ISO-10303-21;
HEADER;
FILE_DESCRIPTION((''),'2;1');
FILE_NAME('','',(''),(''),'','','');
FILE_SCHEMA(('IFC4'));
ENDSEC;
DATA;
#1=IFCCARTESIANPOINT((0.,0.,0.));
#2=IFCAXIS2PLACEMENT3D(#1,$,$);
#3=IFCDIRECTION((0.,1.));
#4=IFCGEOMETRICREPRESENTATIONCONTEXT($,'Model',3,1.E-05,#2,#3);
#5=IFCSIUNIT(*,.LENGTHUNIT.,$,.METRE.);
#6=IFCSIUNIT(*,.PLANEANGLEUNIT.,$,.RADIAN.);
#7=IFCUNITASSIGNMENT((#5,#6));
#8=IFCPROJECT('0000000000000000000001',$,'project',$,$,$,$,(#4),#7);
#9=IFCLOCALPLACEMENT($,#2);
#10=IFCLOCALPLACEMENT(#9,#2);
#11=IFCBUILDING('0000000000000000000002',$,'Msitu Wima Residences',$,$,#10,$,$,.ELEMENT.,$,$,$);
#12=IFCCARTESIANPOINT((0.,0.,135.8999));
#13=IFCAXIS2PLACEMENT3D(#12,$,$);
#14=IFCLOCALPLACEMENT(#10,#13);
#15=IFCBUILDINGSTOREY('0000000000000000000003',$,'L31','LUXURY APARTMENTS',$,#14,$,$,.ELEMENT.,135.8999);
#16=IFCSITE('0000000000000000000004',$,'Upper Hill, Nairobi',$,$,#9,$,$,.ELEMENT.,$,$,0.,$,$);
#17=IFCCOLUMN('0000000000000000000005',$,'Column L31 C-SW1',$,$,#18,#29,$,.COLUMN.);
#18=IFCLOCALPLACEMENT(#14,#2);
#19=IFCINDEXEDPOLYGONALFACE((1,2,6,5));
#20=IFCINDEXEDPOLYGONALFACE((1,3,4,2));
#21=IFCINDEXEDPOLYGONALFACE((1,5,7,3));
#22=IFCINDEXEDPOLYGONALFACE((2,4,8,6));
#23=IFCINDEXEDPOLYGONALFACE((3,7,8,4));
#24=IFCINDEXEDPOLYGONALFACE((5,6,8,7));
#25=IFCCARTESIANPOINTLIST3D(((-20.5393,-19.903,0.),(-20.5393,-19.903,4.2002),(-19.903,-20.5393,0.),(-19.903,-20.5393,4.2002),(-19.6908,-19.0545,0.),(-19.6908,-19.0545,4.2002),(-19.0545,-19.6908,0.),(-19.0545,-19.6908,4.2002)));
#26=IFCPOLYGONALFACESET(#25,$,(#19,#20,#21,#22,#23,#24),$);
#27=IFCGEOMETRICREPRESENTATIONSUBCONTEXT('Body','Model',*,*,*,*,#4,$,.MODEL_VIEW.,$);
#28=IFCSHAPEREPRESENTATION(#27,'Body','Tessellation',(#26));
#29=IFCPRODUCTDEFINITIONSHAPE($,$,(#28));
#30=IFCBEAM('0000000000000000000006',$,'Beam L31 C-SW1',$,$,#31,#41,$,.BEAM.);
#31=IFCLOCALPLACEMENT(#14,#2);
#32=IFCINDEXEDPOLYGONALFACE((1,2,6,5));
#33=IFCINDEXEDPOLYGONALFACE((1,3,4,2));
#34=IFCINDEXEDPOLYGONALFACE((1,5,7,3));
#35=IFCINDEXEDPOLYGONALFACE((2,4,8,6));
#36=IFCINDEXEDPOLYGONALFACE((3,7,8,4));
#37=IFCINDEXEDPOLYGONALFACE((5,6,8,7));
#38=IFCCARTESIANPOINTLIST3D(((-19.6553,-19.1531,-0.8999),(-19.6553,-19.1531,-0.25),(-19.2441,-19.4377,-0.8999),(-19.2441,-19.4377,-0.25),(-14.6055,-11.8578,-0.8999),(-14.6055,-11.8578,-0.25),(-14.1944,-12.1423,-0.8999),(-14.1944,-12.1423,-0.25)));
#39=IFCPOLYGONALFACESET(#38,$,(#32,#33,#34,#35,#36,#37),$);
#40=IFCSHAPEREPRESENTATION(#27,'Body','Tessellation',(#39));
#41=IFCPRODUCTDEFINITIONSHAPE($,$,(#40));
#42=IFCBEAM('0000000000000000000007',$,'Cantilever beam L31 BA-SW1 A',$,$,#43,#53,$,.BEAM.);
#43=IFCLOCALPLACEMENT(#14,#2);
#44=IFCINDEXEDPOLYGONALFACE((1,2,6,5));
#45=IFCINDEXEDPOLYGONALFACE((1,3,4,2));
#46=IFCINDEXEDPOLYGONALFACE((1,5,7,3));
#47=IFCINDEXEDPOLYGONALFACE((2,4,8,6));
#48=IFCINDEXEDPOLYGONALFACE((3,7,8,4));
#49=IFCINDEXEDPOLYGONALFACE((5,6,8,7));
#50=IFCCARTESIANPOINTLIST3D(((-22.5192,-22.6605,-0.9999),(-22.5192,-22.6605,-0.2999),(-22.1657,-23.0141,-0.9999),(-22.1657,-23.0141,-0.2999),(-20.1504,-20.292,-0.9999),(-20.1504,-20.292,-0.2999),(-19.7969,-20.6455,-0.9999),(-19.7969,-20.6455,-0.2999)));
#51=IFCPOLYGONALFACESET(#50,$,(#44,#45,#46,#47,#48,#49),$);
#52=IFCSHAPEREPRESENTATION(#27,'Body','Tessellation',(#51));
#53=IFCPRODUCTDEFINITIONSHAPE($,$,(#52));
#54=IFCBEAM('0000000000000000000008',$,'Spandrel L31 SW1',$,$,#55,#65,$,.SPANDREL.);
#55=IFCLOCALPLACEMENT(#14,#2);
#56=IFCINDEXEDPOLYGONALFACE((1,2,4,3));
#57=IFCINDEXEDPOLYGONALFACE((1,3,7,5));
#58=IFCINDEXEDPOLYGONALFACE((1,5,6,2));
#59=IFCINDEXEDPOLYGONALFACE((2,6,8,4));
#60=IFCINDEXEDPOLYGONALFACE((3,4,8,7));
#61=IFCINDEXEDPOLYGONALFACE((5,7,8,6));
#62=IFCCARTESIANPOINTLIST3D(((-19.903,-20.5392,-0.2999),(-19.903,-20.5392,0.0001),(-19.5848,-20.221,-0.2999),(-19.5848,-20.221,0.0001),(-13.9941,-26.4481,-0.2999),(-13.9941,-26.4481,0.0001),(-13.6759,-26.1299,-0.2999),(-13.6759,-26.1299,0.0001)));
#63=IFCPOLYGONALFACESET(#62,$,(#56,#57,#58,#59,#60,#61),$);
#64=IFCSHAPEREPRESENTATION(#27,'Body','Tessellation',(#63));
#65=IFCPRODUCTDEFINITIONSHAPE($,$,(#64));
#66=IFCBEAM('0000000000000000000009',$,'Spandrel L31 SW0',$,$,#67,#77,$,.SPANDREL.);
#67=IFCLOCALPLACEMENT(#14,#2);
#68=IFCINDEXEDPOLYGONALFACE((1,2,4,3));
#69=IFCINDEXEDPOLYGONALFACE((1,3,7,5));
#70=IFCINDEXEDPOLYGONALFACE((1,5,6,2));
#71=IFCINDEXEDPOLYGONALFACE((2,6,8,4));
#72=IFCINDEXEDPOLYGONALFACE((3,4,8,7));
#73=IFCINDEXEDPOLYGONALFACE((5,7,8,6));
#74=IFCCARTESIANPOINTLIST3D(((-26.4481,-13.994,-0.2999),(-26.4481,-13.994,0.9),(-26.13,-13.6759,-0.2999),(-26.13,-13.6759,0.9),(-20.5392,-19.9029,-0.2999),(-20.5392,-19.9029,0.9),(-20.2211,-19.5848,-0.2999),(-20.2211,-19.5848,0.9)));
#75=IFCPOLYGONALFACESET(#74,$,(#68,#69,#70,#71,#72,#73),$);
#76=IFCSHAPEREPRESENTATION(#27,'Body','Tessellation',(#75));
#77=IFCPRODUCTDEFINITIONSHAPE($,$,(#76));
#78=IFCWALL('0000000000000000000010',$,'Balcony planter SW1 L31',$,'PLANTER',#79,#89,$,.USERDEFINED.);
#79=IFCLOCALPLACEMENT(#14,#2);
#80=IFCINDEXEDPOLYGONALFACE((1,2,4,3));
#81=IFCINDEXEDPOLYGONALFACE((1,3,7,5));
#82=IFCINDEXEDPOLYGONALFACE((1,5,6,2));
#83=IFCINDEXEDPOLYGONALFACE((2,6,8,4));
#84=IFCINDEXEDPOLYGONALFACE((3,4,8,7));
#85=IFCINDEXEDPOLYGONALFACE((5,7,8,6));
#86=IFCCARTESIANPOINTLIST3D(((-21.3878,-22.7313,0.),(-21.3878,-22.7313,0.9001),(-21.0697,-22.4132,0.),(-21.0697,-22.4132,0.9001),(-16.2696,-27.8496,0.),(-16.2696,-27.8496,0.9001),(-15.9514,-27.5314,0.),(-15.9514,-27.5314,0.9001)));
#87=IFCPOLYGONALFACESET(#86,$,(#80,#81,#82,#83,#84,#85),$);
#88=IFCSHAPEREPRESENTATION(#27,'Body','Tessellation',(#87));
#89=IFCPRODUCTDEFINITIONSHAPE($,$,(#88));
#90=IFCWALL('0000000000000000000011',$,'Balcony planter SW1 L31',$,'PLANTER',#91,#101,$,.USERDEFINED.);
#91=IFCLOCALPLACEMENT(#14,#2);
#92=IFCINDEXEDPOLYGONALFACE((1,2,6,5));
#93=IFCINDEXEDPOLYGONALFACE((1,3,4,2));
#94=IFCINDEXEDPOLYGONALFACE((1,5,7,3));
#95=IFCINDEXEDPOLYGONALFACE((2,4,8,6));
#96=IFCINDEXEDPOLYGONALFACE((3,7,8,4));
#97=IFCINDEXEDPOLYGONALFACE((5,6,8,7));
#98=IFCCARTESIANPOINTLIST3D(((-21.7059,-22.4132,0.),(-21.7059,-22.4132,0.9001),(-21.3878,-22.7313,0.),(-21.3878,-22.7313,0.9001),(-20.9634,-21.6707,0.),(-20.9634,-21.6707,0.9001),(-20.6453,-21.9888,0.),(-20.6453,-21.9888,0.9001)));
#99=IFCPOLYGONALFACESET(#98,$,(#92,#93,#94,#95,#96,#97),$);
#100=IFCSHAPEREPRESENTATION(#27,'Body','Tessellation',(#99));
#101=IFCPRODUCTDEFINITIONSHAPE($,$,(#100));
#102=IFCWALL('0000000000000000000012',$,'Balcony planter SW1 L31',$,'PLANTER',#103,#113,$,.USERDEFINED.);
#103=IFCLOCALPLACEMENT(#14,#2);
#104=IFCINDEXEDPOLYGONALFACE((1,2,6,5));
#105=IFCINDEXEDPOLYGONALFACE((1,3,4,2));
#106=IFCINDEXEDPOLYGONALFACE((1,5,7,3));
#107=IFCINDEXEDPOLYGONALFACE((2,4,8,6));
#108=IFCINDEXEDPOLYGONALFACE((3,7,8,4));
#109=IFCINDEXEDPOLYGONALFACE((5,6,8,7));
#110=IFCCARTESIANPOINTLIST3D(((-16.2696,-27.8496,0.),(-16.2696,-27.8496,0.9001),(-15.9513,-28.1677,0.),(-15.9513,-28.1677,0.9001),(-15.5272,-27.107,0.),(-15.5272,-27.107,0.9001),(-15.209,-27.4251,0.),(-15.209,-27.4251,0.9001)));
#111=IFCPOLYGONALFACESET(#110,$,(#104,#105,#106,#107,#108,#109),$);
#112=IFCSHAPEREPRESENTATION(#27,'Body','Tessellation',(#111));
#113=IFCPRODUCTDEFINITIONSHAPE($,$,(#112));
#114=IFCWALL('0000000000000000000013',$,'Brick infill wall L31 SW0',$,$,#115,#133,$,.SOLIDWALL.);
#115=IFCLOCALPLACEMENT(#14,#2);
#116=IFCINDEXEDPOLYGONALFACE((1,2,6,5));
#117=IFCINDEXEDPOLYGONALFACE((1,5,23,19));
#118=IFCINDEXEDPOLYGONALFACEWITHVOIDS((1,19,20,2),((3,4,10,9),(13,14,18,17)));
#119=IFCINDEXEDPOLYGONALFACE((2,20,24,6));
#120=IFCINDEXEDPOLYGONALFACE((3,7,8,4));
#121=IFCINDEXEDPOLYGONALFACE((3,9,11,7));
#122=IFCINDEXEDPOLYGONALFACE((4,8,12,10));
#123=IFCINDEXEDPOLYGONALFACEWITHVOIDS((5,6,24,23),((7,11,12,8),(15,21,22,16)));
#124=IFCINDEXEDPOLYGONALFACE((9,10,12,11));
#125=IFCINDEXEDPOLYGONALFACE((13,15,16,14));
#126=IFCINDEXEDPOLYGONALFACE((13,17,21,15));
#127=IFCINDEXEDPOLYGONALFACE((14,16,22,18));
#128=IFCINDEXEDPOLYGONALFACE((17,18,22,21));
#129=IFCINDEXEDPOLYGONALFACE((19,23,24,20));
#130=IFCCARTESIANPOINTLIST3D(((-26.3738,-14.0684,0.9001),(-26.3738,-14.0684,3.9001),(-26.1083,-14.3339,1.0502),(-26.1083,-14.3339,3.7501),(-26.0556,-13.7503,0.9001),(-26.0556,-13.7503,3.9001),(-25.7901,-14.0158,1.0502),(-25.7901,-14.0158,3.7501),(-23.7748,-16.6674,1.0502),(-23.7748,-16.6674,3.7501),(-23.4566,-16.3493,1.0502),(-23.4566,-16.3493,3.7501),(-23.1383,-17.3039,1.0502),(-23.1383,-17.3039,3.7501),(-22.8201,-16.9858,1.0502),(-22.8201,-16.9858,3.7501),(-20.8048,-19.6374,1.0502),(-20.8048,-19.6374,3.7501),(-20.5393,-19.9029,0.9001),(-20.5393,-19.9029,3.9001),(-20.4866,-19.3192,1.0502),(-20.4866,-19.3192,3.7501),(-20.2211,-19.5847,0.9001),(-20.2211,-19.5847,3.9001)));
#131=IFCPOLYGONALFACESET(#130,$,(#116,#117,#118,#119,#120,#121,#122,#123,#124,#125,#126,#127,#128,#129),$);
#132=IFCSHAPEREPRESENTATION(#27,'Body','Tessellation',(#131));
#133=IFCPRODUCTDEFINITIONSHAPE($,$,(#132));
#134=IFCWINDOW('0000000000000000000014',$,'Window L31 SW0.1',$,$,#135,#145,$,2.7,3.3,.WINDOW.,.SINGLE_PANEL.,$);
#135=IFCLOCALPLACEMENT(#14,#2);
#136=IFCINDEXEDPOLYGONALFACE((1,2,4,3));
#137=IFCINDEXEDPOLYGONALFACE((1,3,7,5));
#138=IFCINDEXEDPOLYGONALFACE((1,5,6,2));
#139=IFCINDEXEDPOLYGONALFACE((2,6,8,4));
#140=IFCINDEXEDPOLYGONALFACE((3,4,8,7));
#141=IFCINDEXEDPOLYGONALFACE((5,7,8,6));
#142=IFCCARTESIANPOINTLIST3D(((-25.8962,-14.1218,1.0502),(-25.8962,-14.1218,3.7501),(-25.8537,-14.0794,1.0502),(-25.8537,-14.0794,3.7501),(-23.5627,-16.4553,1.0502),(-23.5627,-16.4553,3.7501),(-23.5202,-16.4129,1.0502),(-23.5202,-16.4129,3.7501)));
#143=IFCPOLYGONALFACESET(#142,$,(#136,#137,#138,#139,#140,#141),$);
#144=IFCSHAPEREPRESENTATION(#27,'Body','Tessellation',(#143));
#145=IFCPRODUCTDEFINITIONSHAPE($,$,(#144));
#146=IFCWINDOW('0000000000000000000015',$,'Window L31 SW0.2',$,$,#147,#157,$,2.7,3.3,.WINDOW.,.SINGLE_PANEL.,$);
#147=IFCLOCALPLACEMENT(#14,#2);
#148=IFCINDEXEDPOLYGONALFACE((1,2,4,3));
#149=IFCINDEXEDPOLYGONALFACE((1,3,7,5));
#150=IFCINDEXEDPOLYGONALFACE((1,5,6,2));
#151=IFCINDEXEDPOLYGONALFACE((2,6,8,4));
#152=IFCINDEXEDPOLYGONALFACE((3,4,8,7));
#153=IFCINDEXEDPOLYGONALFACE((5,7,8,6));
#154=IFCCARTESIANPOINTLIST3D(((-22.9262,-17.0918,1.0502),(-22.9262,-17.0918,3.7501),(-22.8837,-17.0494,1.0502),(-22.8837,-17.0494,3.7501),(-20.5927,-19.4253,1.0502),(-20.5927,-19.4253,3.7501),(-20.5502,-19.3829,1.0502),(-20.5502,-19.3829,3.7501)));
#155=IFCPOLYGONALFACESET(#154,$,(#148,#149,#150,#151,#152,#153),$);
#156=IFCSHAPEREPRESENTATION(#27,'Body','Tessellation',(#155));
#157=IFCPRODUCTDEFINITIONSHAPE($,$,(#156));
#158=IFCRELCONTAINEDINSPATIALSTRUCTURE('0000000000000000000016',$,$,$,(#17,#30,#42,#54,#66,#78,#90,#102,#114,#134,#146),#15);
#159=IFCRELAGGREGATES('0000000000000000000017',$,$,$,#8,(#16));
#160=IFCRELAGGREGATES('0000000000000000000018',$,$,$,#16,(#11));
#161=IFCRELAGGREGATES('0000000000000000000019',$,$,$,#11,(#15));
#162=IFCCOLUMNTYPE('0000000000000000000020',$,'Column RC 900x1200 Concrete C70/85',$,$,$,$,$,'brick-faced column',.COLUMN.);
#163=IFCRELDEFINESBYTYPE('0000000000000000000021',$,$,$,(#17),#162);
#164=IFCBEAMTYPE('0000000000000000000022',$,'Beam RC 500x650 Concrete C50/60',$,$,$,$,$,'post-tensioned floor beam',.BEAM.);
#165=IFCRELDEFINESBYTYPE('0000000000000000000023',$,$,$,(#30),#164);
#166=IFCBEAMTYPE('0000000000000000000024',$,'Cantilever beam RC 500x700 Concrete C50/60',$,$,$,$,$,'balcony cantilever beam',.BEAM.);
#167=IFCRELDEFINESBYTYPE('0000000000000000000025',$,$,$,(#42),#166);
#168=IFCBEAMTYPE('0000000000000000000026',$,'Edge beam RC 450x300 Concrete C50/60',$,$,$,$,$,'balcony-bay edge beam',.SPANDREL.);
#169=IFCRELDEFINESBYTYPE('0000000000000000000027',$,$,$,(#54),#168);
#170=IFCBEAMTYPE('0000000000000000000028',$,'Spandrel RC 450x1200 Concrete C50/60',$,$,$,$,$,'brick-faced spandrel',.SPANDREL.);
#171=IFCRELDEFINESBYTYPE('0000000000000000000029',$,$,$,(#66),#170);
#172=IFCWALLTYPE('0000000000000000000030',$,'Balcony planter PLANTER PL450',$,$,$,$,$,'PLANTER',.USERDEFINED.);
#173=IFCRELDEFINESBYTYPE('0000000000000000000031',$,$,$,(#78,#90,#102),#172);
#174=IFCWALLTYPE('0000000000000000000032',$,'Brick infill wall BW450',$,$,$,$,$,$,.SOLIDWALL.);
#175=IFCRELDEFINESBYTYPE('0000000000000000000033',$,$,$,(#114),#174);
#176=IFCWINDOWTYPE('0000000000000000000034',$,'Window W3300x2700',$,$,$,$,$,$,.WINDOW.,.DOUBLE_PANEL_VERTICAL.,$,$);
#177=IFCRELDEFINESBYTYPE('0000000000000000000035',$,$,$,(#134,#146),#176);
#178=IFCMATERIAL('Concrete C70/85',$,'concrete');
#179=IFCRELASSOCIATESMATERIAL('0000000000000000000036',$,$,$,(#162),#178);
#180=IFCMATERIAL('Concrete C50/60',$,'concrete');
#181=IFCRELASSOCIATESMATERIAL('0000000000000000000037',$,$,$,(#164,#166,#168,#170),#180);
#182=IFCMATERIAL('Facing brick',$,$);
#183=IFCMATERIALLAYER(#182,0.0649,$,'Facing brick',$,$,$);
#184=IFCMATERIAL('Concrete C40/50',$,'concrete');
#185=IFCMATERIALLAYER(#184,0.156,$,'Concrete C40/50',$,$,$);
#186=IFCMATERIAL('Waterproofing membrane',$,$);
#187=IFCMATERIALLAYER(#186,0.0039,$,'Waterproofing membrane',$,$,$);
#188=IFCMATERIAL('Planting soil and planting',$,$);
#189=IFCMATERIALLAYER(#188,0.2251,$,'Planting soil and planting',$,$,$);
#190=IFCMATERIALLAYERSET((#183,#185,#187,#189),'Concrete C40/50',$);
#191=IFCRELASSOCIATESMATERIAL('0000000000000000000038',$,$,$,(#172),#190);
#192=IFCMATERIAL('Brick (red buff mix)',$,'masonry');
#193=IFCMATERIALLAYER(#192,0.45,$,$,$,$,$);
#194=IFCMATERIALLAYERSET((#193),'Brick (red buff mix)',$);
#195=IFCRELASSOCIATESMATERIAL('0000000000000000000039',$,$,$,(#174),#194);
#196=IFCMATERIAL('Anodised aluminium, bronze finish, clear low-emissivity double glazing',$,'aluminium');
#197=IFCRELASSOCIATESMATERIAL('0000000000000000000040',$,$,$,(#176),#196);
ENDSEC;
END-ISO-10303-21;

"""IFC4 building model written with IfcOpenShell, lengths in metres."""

from ifc_helpers import new_model, si_unit, direction, frame, frame_2d, origin, origin_2d, place, context, subcontext, project, spatial, rectangle, extrude, material, layer, layer_set, material_profile, profile_set, type_object, element, fill, save


model = new_model("IFC4")

# Units and contexts
model_context = context("Model", 3, precision=1e-05, world=origin(), true_north=direction((0.0, 1.0)))
body_context = subcontext(model_context, "Body", "Model", "MODEL_VIEW")
ifc_project = project(units=[si_unit("LENGTHUNIT", "METRE"), si_unit("PLANEANGLEUNIT", "RADIAN")], contexts=[model_context])

# Site, building, storey
site_placement = place(None, origin())
site = spatial("IfcSite", under=ifc_project, at=site_placement, Name="Upper Hill, Nairobi", CompositionType="ELEMENT", RefElevation=0.0)
building_placement = place(site_placement, origin())
building = spatial("IfcBuilding", under=site, at=building_placement, Name="Msitu Wima Residences", CompositionType="ELEMENT")
storey_placement = place(building_placement, frame((0.0, 0.0, 135.8999)))
storey = spatial("IfcBuildingStorey", under=building, at=storey_placement, Name="L31", Description="LUXURY APARTMENTS", CompositionType="ELEMENT", Elevation=135.8999)

# Column
ifc_material_1 = material(Name="Concrete C70/85", Category="concrete")
ifc_material_profile_1 = material_profile(ifc_material_1, rectangle(XDim=0.8999, YDim=1.2, at=origin_2d()), Name="RC 900x1200")
ifc_profile_set_1 = profile_set([ifc_material_profile_1], Name="Concrete C70/85")
column_type = type_object("IfcColumnType", Name="Column RC 900x1200 Concrete C70/85", ElementType="brick-faced column", PredefinedType="COLUMN", material=ifc_profile_set_1)
column_placement = place(storey_placement, frame((-19.7969, -19.7969, 0.0), z_axis=(0.0, 0.0, 1.0), x_axis=(0.707107, -0.707107, 0.0)))
element("IfcColumn", 1, at=column_placement, inside=storey, type_object=column_type, Name="Column L31 C-SW1", PredefinedType="COLUMN", context=body_context, shape_type="SweptSolid", body=[
    extrude(rectangle(XDim=0.8999, YDim=1.2, at=origin_2d()), origin(), (0.0, 0.0, 1.0), 4.2002),
])

# Beams
ifc_material_2 = material(Name="Concrete C50/60", Category="concrete")
ifc_material_profile_2 = material_profile(ifc_material_2, rectangle(XDim=0.5, YDim=0.6499, at=origin_2d()), Name="RC 500x650")
ifc_profile_set_2 = profile_set([ifc_material_profile_2], Name="Concrete C50/60")
beam_type_1 = type_object("IfcBeamType", Name="Beam RC 500x650 Concrete C50/60", ElementType="post-tensioned floor beam", PredefinedType="BEAM", material=ifc_profile_set_2)
beam_1_placement = place(storey_placement, frame((-19.4497, -19.2954, -0.575), z_axis=(0.569144, 0.822238, 0.0), x_axis=(-0.822238, 0.569144, 0.0)))
element("IfcBeam", 2, at=beam_1_placement, inside=storey, type_object=beam_type_1, Name="Beam L31 C-SW1", PredefinedType="BEAM", context=body_context, shape_type="SweptSolid", body=[
    extrude(rectangle(XDim=0.5, YDim=0.6499, at=origin_2d()), origin(), (0.0, 0.0, 1.0), 8.8726),
])
ifc_material_profile_3 = material_profile(ifc_material_2, rectangle(XDim=0.5, YDim=0.7, at=origin_2d()), Name="RC 500x700")
ifc_profile_set_3 = profile_set([ifc_material_profile_3], Name="Concrete C50/60")
beam_type_2 = type_object("IfcBeamType", Name="Cantilever beam RC 500x700 Concrete C50/60", ElementType="balcony cantilever beam", PredefinedType="BEAM", material=ifc_profile_set_3)
beam_2_placement = place(storey_placement, frame((-19.9736, -20.4688, -0.6499), z_axis=(-0.707143, -0.70707, 0.0), x_axis=(0.70707, -0.707143, 0.0)))
element("IfcBeam", 3, at=beam_2_placement, inside=storey, type_object=beam_type_2, Name="Cantilever beam L31 BA-SW1 A", PredefinedType="BEAM", context=body_context, shape_type="SweptSolid", body=[
    extrude(rectangle(XDim=0.5, YDim=0.7, at=origin_2d()), origin(), (0.0, 0.0, 1.0), 3.3499),
])
ifc_material_profile_4 = material_profile(ifc_material_2, rectangle(XDim=0.45, YDim=0.3, at=origin_2d()), Name="RC 450x300")
ifc_profile_set_4 = profile_set([ifc_material_profile_4], Name="Concrete C50/60")
beam_type_3 = type_object("IfcBeamType", Name="Edge beam RC 450x300 Concrete C50/60", ElementType="balcony-bay edge beam", PredefinedType="SPANDREL", material=ifc_profile_set_4)
beam_3_placement = place(storey_placement, frame((-19.7439, -20.3801, -0.1499), z_axis=(0.707107, -0.707107, 0.0), x_axis=(0.707107, 0.707107, 0.0)))
element("IfcBeam", 4, at=beam_3_placement, inside=storey, type_object=beam_type_3, Name="Spandrel L31 SW1", PredefinedType="SPANDREL", context=body_context, shape_type="SweptSolid", body=[
    extrude(rectangle(XDim=0.45, YDim=0.3, at=origin_2d()), origin(), (0.0, 0.0, 1.0), 8.3564),
])
ifc_material_profile_5 = material_profile(ifc_material_2, rectangle(XDim=0.45, YDim=1.2, at=origin_2d()), Name="RC 450x1200")
ifc_profile_set_5 = profile_set([ifc_material_profile_5], Name="Concrete C50/60")
beam_type_4 = type_object("IfcBeamType", Name="Spandrel RC 450x1200 Concrete C50/60", ElementType="brick-faced spandrel", PredefinedType="SPANDREL", material=ifc_profile_set_5)
beam_4_placement = place(storey_placement, frame((-26.2891, -13.835, 0.3), z_axis=(0.707107, -0.707107, 0.0), x_axis=(0.707107, 0.707107, 0.0)))
element("IfcBeam", 5, at=beam_4_placement, inside=storey, type_object=beam_type_4, Name="Spandrel L31 SW0", PredefinedType="SPANDREL", context=body_context, shape_type="SweptSolid", body=[
    extrude(rectangle(XDim=0.45, YDim=1.2, at=origin_2d()), origin(), (0.0, 0.0, 1.0), 8.3564),
])

# Walls
ifc_material_3 = material(Name="Facing brick")
ifc_layer_1 = layer(ifc_material_3, 0.0649, Name="Facing brick")
ifc_material_4 = material(Name="Concrete C40/50", Category="concrete")
ifc_layer_2 = layer(ifc_material_4, 0.156, Name="Concrete C40/50")
ifc_material_5 = material(Name="Waterproofing membrane")
ifc_layer_3 = layer(ifc_material_5, 0.0039, Name="Waterproofing membrane")
ifc_material_6 = material(Name="Planting soil and planting")
ifc_layer_4 = layer(ifc_material_6, 0.2251, Name="Planting soil and planting")
ifc_layer_set_1 = layer_set([ifc_layer_1, ifc_layer_2, ifc_layer_3, ifc_layer_4], Name="Concrete C40/50")
wall_type_1 = type_object("IfcWallType", Name="Balcony planter PLANTER PL450", ElementType="PLANTER", PredefinedType="USERDEFINED", material=ifc_layer_set_1)
wall_1_placement = place(storey_placement, frame((-21.2288, -22.5723, 0.0), z_axis=(0.0, 0.0, 1.0), x_axis=(0.707107, -0.707107, 0.0)))
element("IfcWall", 6, at=wall_1_placement, inside=storey, type_object=wall_type_1, Name="Balcony planter SW1 L31", ObjectType="PLANTER", PredefinedType="USERDEFINED", context=body_context, shape_type="SweptSolid", body=[
    extrude(rectangle(XDim=7.2383, YDim=0.45, at=frame_2d((3.6191, 0.0))), origin(), (0.0, 0.0, 1.0), 0.9001),
])
for number, where, z_axis, x_axis, name in (
    (7, (-20.8044, -21.8298, 0.0), (0.0, 0.0, 1.0), (-0.707107, -0.707107, 0.0), "Balcony planter SW1 L31"),
    (8, (-15.3682, -27.2661, 0.0), (0.0, 0.0, 1.0), (-0.706991, -0.707223, 0.0), "Balcony planter SW1 L31"),
):
    element("IfcWall", number, at=place(storey_placement, frame(where, z_axis=z_axis, x_axis=x_axis)), inside=storey, type_object=wall_type_1, Name=name, ObjectType="PLANTER", PredefinedType="USERDEFINED", context=body_context, shape_type="SweptSolid", body=[
        extrude(rectangle(XDim=1.05, YDim=0.45, at=frame_2d((0.5249, 0.0))), origin(), (0.0, 0.0, 1.0), 0.9001),
    ])

# Wall, openings, windows
ifc_material_7 = material(Name="Brick (red buff mix)", Category="masonry")
ifc_layer_5 = layer(ifc_material_7, 0.45)
ifc_layer_set_2 = layer_set([ifc_layer_5], Name="Brick (red buff mix)")
wall_type_2 = type_object("IfcWallType", Name="Brick infill wall BW450", PredefinedType="SOLIDWALL", material=ifc_layer_set_2)
wall_2_placement = place(storey_placement, frame((-26.2146, -13.9094, 0.9001), z_axis=(0.0, 0.0, 1.0), x_axis=(0.707107, -0.707107, 0.0)))
wall_2 = element("IfcWall", 9, at=wall_2_placement, inside=storey, type_object=wall_type_2, Name="Brick infill wall L31 SW0", PredefinedType="SOLIDWALL", context=body_context, shape_type="SweptSolid", body=[
    extrude(rectangle(XDim=8.2512, YDim=0.45, at=frame_2d((4.1255, 0.0))), origin(), (0.0, 0.0, 1.0), 3.0),
])
opening_1_placement = place(wall_2_placement, frame((0.3755, 0.0, 0.1499)))
opening_1 = element("IfcOpeningElement", 10, at=opening_1_placement, cuts=wall_2, PredefinedType="OPENING", context=body_context, shape_type="SweptSolid", body=[
    extrude(rectangle(XDim=3.3, YDim=2.7, at=frame_2d((1.6499, 1.3501))), frame((0.0, 0.2349, 0.0), z_axis=(0.0, -1.0, 0.0), x_axis=(1.0, 0.0, 0.0)), (0.0, 0.0, 1.0), 0.47),
])
opening_2_placement = place(wall_2_placement, frame((4.5757, 0.0, 0.1499)))
opening_2 = element("IfcOpeningElement", 11, at=opening_2_placement, cuts=wall_2, PredefinedType="OPENING", context=body_context, shape_type="SweptSolid", body=[
    extrude(rectangle(XDim=3.3, YDim=2.7, at=frame_2d((1.6499, 1.3501))), frame((0.0, 0.2349, 0.0), z_axis=(0.0, -1.0, 0.0), x_axis=(1.0, 0.0, 0.0)), (0.0, 0.0, 1.0), 0.47),
])
ifc_material_8 = material(Name="Anodised aluminium, bronze finish, clear low-emissivity double glazing", Category="aluminium")
window_type = type_object("IfcWindowType", Name="Window W3300x2700", PartitioningType="DOUBLE_PANEL_VERTICAL", PredefinedType="WINDOW", material=ifc_material_8)
window_1_placement = place(opening_1_placement, origin())
window_1 = element("IfcWindow", 12, at=window_1_placement, inside=storey, type_object=window_type, Name="Window L31 SW0.1", OverallHeight=2.7, OverallWidth=3.3, PartitioningType="SINGLE_PANEL", PredefinedType="WINDOW", context=body_context, shape_type="SweptSolid", body=[
    extrude(rectangle(XDim=3.3, YDim=2.7, at=frame_2d((1.6499, 1.3501))), frame((0.0, 0.135, 0.0), z_axis=(0.0, -1.0, 0.0), x_axis=(1.0, 0.0, 0.0)), (0.0, 0.0, 1.0), 0.0601),
])
fill(opening_1, window_1)
window_2_placement = place(opening_2_placement, origin())
window_2 = element("IfcWindow", 13, at=window_2_placement, inside=storey, type_object=window_type, Name="Window L31 SW0.2", OverallHeight=2.7, OverallWidth=3.3, PartitioningType="SINGLE_PANEL", PredefinedType="WINDOW", context=body_context, shape_type="SweptSolid", body=[
    extrude(rectangle(XDim=3.3, YDim=2.7, at=frame_2d((1.6499, 1.3501))), frame((0.0, 0.135, 0.0), z_axis=(0.0, -1.0, 0.0), x_axis=(1.0, 0.0, 0.0)), (0.0, 0.0, 1.0), 0.0601),
])
fill(opening_2, window_2)

save(model, "model.ifc")
